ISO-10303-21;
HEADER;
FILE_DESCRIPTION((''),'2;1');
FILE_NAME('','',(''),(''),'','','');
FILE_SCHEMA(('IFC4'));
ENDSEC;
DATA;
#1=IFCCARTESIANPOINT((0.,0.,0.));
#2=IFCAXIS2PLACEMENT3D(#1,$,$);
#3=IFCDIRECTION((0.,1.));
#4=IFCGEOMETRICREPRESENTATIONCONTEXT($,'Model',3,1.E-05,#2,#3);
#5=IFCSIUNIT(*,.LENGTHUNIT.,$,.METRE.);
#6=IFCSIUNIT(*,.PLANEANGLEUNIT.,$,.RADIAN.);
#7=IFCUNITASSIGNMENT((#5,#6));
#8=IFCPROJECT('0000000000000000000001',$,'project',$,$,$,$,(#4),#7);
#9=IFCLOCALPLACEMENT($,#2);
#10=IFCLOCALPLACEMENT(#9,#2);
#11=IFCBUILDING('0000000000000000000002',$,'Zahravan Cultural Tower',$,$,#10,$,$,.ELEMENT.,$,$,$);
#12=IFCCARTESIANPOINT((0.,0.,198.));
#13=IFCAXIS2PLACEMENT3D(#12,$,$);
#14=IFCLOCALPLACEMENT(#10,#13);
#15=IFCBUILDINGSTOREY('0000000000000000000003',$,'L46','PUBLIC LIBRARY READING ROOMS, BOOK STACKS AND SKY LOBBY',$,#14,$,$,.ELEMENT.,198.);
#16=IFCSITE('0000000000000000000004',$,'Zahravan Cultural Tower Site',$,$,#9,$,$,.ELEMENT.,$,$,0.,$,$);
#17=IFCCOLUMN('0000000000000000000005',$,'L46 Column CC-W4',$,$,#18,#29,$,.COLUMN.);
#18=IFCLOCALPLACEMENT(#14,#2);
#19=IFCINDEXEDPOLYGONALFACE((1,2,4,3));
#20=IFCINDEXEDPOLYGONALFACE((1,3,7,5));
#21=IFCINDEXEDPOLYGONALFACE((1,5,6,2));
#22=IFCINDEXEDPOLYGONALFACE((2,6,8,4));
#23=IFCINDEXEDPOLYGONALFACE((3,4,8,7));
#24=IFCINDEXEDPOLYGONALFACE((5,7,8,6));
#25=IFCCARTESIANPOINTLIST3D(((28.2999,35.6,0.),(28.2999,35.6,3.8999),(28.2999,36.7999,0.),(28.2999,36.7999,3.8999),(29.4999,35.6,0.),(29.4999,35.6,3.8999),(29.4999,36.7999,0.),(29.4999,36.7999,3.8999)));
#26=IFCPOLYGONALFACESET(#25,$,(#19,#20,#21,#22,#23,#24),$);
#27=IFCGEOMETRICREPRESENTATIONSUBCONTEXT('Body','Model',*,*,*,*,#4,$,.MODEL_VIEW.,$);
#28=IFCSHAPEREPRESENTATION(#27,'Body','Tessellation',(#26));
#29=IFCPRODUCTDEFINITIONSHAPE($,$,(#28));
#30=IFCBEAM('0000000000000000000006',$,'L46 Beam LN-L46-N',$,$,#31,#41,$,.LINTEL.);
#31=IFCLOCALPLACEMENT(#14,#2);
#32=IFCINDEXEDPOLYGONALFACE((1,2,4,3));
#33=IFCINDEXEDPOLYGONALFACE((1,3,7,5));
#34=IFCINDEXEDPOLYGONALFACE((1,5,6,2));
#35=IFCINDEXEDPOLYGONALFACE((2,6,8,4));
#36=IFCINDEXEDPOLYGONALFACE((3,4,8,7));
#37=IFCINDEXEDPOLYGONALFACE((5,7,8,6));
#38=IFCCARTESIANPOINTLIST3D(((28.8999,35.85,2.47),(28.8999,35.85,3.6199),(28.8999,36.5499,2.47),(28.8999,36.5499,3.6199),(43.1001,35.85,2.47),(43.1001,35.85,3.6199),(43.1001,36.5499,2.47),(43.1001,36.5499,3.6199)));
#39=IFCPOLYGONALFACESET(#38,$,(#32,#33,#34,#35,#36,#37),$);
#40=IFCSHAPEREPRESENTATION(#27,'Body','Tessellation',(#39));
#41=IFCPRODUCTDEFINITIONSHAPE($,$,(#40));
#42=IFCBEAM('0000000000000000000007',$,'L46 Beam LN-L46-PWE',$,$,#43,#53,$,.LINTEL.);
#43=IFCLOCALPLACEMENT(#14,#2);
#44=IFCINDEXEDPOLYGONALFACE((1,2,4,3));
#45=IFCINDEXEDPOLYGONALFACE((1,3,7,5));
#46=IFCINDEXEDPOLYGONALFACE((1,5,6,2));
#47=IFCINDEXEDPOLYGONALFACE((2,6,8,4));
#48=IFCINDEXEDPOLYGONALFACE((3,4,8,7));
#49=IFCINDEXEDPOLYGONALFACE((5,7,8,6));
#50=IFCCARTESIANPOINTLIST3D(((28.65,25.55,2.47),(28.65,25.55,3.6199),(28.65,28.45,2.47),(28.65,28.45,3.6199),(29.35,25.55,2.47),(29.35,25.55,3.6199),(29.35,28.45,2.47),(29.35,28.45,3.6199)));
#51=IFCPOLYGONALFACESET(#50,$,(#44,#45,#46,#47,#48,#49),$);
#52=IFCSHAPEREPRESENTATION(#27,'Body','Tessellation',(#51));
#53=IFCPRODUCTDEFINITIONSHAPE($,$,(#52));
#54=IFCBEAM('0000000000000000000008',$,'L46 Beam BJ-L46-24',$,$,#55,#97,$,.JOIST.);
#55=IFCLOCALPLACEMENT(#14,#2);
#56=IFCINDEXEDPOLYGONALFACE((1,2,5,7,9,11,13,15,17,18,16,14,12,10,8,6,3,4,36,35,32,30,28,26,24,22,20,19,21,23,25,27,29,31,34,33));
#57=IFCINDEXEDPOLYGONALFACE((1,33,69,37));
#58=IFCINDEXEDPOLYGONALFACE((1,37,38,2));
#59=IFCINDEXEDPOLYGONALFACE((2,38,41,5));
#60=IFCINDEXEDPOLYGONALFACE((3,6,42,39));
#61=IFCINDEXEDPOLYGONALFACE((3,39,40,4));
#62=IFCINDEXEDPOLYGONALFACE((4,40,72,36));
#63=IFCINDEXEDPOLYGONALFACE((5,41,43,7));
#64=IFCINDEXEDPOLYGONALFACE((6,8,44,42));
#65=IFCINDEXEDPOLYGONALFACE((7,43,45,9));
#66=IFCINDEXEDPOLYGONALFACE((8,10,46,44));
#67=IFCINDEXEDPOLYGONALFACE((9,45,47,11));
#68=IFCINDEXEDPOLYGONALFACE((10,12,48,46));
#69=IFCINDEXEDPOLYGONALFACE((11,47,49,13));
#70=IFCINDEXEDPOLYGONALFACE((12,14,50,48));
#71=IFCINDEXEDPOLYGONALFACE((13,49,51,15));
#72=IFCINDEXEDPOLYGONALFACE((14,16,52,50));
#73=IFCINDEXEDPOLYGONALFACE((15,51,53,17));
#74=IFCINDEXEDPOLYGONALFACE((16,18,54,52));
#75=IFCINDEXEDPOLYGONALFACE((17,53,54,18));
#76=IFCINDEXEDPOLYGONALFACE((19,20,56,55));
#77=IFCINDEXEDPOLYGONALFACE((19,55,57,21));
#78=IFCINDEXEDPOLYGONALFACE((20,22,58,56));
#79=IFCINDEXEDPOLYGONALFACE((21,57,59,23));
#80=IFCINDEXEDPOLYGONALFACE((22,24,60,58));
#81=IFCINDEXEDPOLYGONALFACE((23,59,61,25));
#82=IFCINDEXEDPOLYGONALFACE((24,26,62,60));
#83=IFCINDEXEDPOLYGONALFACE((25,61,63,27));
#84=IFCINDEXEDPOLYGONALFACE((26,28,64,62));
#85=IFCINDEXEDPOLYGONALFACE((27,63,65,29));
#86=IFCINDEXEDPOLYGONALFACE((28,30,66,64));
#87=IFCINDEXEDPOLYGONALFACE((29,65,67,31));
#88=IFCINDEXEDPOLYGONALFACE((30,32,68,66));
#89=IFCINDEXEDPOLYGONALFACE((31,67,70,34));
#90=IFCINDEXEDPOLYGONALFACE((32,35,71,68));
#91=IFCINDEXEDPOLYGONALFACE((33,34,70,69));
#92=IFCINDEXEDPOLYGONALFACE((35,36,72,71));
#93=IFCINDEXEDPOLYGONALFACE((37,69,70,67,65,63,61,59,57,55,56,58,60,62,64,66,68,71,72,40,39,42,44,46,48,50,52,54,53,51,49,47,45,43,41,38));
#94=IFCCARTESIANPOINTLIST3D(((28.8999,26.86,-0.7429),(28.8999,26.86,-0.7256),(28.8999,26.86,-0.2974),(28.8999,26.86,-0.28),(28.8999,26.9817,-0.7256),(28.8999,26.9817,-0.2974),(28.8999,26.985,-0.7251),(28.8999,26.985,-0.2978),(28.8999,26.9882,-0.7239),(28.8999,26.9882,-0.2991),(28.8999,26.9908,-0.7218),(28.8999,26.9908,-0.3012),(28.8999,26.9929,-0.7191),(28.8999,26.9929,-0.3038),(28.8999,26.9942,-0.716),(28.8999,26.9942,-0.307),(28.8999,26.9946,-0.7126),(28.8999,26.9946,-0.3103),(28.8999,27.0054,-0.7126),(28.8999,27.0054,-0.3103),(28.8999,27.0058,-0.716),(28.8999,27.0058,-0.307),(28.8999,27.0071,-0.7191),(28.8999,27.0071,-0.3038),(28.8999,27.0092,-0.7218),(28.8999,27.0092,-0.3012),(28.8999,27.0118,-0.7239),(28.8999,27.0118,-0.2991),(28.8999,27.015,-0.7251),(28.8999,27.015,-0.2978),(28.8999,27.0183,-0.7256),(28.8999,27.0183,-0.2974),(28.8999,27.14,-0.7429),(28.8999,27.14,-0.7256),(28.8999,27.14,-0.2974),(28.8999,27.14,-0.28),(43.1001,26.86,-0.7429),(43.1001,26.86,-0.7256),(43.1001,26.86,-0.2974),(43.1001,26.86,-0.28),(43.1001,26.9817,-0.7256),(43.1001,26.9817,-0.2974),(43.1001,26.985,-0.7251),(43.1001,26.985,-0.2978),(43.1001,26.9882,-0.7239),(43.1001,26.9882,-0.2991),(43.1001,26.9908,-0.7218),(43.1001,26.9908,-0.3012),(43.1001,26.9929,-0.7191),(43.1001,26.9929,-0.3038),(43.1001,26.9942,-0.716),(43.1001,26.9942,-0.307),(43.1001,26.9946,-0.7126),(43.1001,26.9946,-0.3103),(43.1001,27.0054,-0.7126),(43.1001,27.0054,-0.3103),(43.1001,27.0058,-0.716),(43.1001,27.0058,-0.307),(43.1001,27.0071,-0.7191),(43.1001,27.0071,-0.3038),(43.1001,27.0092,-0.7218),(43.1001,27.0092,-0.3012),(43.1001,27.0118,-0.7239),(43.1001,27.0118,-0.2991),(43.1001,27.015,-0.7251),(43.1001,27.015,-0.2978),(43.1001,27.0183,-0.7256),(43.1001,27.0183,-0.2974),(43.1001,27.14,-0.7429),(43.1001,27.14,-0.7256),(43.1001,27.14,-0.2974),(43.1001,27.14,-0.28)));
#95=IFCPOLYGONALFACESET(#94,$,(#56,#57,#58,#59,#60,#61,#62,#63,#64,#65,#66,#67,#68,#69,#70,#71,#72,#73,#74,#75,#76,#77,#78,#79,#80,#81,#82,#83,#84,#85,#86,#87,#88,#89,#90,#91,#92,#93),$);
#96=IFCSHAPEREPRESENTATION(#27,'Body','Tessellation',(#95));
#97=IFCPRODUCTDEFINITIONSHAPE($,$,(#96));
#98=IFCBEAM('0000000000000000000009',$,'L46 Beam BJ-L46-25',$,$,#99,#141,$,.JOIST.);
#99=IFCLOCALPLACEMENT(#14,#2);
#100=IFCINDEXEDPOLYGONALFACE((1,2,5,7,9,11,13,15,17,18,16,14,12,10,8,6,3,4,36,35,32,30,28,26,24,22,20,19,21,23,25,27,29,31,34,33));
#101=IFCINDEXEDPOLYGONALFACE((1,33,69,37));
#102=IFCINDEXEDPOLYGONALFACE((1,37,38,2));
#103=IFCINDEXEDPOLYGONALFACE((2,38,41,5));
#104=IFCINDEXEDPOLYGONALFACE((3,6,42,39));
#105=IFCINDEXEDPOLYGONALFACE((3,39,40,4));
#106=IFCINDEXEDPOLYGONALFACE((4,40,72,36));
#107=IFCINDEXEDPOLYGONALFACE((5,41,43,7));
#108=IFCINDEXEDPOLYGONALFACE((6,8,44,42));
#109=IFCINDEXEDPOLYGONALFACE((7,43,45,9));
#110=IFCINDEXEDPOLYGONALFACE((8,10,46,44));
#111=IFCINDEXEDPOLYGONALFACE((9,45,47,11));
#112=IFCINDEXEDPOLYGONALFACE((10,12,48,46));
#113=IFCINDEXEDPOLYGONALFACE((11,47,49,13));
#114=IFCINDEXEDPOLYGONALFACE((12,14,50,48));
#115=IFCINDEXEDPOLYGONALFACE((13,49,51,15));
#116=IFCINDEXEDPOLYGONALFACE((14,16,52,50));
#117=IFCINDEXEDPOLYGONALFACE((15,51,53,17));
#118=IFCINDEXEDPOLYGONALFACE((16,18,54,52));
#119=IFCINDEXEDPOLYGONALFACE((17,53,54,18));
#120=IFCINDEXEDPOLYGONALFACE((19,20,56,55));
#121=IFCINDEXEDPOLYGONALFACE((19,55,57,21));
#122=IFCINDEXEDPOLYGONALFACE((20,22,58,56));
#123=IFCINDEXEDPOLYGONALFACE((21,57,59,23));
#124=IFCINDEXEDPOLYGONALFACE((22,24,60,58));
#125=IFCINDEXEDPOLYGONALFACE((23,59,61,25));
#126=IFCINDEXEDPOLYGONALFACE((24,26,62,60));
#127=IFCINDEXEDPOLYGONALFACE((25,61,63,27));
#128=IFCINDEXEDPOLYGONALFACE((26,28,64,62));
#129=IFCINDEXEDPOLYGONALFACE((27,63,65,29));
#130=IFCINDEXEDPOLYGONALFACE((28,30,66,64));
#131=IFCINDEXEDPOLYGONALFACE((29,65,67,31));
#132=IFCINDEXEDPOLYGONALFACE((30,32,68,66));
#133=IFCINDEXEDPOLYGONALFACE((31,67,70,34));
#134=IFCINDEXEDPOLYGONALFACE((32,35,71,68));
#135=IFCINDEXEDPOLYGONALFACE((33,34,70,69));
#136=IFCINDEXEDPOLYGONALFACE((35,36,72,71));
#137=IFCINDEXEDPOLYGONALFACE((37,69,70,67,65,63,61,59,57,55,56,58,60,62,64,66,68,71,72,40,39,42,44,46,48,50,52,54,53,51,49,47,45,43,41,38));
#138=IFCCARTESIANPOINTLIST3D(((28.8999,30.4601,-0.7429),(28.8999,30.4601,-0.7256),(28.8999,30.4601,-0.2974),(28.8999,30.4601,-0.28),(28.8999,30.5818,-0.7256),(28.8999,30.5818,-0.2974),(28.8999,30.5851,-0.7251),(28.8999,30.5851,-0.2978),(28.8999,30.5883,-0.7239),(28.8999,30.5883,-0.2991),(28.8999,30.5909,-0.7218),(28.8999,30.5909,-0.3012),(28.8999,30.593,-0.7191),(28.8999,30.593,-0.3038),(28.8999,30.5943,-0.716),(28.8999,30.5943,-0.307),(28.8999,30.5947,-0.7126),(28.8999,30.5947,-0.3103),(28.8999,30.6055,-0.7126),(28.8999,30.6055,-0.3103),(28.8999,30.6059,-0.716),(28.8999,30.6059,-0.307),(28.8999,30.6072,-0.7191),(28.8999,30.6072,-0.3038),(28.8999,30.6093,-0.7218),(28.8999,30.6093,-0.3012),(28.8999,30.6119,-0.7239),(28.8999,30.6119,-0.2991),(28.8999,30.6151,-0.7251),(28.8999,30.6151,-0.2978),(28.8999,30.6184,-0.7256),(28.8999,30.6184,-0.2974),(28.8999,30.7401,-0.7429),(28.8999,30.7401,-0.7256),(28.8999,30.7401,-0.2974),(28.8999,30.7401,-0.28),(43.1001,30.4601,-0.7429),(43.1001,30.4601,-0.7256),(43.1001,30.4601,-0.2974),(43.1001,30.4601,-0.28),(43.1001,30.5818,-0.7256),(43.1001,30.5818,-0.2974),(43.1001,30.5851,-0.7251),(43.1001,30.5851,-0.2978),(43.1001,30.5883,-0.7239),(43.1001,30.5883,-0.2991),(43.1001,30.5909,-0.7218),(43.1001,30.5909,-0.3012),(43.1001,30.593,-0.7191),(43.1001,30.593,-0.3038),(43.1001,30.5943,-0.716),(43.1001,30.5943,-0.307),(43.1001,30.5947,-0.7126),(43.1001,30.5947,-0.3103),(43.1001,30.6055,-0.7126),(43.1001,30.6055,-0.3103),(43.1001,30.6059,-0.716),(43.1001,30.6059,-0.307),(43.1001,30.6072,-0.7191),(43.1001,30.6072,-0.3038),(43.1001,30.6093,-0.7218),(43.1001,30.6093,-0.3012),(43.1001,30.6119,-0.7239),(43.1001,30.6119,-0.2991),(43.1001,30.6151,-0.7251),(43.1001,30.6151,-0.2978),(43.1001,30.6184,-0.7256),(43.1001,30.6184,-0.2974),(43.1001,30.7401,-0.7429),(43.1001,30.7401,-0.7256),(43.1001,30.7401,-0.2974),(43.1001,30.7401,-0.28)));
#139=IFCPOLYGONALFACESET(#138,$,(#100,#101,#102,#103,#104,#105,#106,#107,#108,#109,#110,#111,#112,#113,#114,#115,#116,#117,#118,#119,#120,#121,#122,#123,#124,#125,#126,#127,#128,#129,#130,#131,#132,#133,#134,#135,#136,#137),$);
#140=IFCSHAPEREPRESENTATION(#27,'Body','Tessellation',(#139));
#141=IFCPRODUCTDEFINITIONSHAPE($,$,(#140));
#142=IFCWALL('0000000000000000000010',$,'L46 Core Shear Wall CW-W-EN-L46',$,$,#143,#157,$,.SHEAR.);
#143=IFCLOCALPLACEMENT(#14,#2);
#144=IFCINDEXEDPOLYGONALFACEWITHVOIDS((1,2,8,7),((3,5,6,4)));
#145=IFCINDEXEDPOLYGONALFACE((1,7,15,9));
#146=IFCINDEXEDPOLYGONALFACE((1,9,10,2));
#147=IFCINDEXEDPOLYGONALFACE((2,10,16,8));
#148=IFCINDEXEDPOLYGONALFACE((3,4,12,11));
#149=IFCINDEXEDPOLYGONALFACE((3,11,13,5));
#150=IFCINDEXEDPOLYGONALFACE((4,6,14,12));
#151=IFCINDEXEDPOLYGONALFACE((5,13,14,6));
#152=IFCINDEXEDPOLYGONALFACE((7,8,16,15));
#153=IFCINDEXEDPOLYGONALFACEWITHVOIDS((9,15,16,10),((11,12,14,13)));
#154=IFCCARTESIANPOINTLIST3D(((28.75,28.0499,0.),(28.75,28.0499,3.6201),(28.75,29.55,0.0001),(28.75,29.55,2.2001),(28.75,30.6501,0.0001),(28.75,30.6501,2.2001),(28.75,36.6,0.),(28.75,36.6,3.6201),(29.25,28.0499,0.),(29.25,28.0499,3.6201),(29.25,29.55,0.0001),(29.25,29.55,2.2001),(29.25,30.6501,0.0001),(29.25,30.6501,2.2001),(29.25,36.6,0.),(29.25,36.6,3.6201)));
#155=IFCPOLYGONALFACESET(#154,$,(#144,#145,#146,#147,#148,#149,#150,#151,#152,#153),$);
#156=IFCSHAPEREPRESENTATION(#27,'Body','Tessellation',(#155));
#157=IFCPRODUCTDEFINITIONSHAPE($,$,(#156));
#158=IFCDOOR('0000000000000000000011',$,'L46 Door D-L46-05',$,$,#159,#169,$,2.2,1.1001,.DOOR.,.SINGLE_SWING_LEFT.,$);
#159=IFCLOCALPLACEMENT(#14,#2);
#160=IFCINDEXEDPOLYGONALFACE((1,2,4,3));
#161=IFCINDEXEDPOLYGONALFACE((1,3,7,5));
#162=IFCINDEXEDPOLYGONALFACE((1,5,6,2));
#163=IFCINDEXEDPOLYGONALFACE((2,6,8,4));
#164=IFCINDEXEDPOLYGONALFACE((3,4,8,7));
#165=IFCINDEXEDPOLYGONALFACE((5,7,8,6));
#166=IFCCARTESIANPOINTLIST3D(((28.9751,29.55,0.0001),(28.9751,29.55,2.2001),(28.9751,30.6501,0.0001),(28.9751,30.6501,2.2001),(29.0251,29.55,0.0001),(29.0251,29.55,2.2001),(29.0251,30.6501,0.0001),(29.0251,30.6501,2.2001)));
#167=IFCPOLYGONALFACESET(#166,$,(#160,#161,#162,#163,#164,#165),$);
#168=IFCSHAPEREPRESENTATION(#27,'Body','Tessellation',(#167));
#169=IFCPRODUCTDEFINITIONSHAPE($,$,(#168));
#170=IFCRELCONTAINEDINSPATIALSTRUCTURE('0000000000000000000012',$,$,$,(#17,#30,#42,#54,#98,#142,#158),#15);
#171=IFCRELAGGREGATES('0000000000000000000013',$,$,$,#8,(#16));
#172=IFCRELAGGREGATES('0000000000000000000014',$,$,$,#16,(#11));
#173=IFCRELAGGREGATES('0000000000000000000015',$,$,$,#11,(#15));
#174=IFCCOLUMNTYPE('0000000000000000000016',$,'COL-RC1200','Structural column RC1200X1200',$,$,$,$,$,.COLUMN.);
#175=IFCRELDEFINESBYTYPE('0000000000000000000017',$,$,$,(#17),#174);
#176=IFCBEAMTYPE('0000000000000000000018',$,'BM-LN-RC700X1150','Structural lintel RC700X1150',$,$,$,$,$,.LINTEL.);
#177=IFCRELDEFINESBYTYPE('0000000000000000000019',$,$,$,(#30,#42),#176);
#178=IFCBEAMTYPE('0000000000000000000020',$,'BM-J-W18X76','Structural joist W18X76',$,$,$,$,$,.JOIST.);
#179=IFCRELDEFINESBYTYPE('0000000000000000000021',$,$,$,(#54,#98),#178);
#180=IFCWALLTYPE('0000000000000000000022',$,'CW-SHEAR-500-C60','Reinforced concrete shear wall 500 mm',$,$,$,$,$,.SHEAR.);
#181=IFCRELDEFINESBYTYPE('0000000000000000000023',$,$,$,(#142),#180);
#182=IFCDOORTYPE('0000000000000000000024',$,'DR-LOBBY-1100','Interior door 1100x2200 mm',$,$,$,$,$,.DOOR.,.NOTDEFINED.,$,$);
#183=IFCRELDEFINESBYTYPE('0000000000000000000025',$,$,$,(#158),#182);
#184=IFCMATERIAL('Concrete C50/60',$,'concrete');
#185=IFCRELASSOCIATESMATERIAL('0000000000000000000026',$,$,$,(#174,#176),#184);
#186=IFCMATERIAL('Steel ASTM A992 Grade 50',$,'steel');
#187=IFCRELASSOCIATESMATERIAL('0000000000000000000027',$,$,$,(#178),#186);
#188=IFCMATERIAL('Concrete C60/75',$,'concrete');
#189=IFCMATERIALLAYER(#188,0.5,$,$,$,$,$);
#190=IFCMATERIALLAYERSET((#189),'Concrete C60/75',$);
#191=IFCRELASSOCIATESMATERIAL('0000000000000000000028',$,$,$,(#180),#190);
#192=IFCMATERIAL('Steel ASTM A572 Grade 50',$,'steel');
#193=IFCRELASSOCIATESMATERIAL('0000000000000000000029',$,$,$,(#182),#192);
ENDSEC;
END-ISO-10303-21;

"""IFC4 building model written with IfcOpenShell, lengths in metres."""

from ifc_helpers import new_model, si_unit, direction, frame, frame_2d, origin, origin_2d, place, context, subcontext, project, spatial, rectangle, i_section, extrude, source, transform, mapped, material, layer, layer_set, material_profile, profile_set, type_object, element, fill, save


model = new_model("IFC4")

# Units and contexts
model_context = context("Model", 3, precision=1e-05, world=origin(), true_north=direction((0.0, 1.0)))
body_context = subcontext(model_context, "Body", "Model", "MODEL_VIEW")
ifc_project = project(units=[si_unit("LENGTHUNIT", "METRE"), si_unit("PLANEANGLEUNIT", "RADIAN")], contexts=[model_context])

# Site, building, storey
site_placement = place(None, origin())
site = spatial("IfcSite", under=ifc_project, at=site_placement, Name="Zahravan Cultural Tower Site", CompositionType="ELEMENT", RefElevation=0.0)
building_placement = place(site_placement, origin())
building = spatial("IfcBuilding", under=site, at=building_placement, Name="Zahravan Cultural Tower", CompositionType="ELEMENT")
storey_placement = place(building_placement, frame((0.0, 0.0, 198.0)))
storey = spatial("IfcBuildingStorey", under=building, at=storey_placement, Name="L46", Description="PUBLIC LIBRARY READING ROOMS, BOOK STACKS AND SKY LOBBY", CompositionType="ELEMENT", Elevation=198.0)

# Column
ifc_material_1 = material(Name="Concrete C50/60", Category="concrete")
ifc_material_profile_1 = material_profile(ifc_material_1, rectangle(XDim=1.2, YDim=1.2, at=origin_2d()), Name="RC1200X1200")
ifc_profile_set_1 = profile_set([ifc_material_profile_1], Name="Concrete C50/60")
column_type = type_object("IfcColumnType", Name="COL-RC1200", Description="Structural column RC1200X1200", PredefinedType="COLUMN", material=ifc_profile_set_1)
shared_shape_1 = source(origin(), body_context, "Body", "SweptSolid", [
    extrude(rectangle(XDim=1.2, YDim=1.2, at=origin_2d()), origin(), (0.0, 0.0, 1.0), 3.8999),
])
column_placement = place(storey_placement, frame((28.8999, 36.2, 0.0), z_axis=(0.0, 0.0, 1.0), x_axis=(1.0, 0.0, 0.0)))
element("IfcColumn", 1, at=column_placement, inside=storey, type_object=column_type, Name="L46 Column CC-W4", PredefinedType="COLUMN", context=body_context, shape_type="MappedRepresentation", body=[
    mapped(shared_shape_1, transform((0.0, 0.0, 0.0), x_axis=(1.0, 0.0, 0.0), y_axis=(0.0, 1.0, 0.0), z_axis=(0.0, 0.0, 1.0), scale=1.0)),
])

# Beams
ifc_material_profile_2 = material_profile(ifc_material_1, rectangle(XDim=0.7, YDim=1.1499, at=origin_2d()), Name="RC700X1150")
ifc_profile_set_2 = profile_set([ifc_material_profile_2], Name="Concrete C50/60")
beam_type_1 = type_object("IfcBeamType", Name="BM-LN-RC700X1150", Description="Structural lintel RC700X1150", PredefinedType="LINTEL", material=ifc_profile_set_2)
shared_shape_2 = source(origin(), body_context, "Body", "SweptSolid", [
    extrude(rectangle(XDim=0.7, YDim=1.1499, at=origin_2d()), origin(), (0.0, 0.0, 1.0), 14.2002),
])
beam_1_placement = place(storey_placement, frame((28.8999, 36.2, 3.0449), z_axis=(1.0, 0.0, 0.0), x_axis=(0.0, 1.0, 0.0)))
element("IfcBeam", 2, at=beam_1_placement, inside=storey, type_object=beam_type_1, Name="L46 Beam LN-L46-N", PredefinedType="LINTEL", context=body_context, shape_type="MappedRepresentation", body=[
    mapped(shared_shape_2, transform((0.0, 0.0, 0.0), x_axis=(1.0, 0.0, 0.0), y_axis=(0.0, 1.0, 0.0), z_axis=(0.0, 0.0, 1.0), scale=1.0)),
])
shared_shape_3 = source(origin(), body_context, "Body", "SweptSolid", [
    extrude(rectangle(XDim=0.7, YDim=1.1499, at=origin_2d()), origin(), (0.0, 0.0, 1.0), 2.8999),
])
beam_2_placement = place(storey_placement, frame((29.0, 25.55, 3.0449), z_axis=(0.0, 1.0, 0.0), x_axis=(-1.0, 0.0, 0.0)))
element("IfcBeam", 3, at=beam_2_placement, inside=storey, type_object=beam_type_1, Name="L46 Beam LN-L46-PWE", PredefinedType="LINTEL", context=body_context, shape_type="MappedRepresentation", body=[
    mapped(shared_shape_3, transform((0.0, 0.0, 0.0), x_axis=(1.0, 0.0, 0.0), y_axis=(0.0, 1.0, 0.0), z_axis=(0.0, 0.0, 1.0), scale=1.0)),
])
ifc_material_2 = material(Name="Steel ASTM A992 Grade 50", Category="steel")
ifc_material_profile_3 = material_profile(ifc_material_2, i_section(OverallWidth=0.28, OverallDepth=0.4629, WebThickness=0.0107, FlangeThickness=0.0173, FilletRadius=0.0129, at=origin_2d()), Name="W18X76")
ifc_profile_set_3 = profile_set([ifc_material_profile_3], Name="Steel ASTM A992 Grade 50")
beam_type_2 = type_object("IfcBeamType", Name="BM-J-W18X76", Description="Structural joist W18X76", PredefinedType="JOIST", material=ifc_profile_set_3)
shared_shape_4 = source(origin(), body_context, "Body", "SweptSolid", [
    extrude(i_section(OverallWidth=0.28, OverallDepth=0.4629, WebThickness=0.0107, FlangeThickness=0.0173, FilletRadius=0.0129, at=origin_2d()), origin(), (0.0, 0.0, 1.0), 14.2002),
])
for number, where, z_axis, x_axis, name in (
    (4, (28.8999, 27.0, -0.5115), (1.0, 0.0, 0.0), (0.0, 1.0, 0.0), "L46 Beam BJ-L46-24"),
    (5, (28.8999, 30.6001, -0.5115), (1.0, 0.0, 0.0), (0.0, 1.0, 0.0), "L46 Beam BJ-L46-25"),
):
    element("IfcBeam", number, at=place(storey_placement, frame(where, z_axis=z_axis, x_axis=x_axis)), inside=storey, type_object=beam_type_2, Name=name, PredefinedType="JOIST", context=body_context, shape_type="MappedRepresentation", body=[
        mapped(shared_shape_4, transform((0.0, 0.0, 0.0), x_axis=(1.0, 0.0, 0.0), y_axis=(0.0, 1.0, 0.0), z_axis=(0.0, 0.0, 1.0), scale=1.0)),
    ])

# Wall, opening, door
ifc_material_3 = material(Name="Concrete C60/75", Category="concrete")
ifc_layer_1 = layer(ifc_material_3, 0.5)
ifc_layer_set_1 = layer_set([ifc_layer_1], Name="Concrete C60/75")
wall_type_1 = type_object("IfcWallType", Name="CW-SHEAR-500-C60", Description="Reinforced concrete shear wall 500 mm", PredefinedType="SHEAR", material=ifc_layer_set_1)
wall_1_placement = place(storey_placement, frame((29.0, 28.05, 0.0), z_axis=(0.0, 0.0, 1.0), x_axis=(0.0, 1.0, 0.0)))
wall_1 = element("IfcWall", 6, at=wall_1_placement, inside=storey, type_object=wall_type_1, Name="L46 Core Shear Wall CW-W-EN-L46", PredefinedType="SHEAR", context=body_context, shape_type="SweptSolid", body=[
    extrude(rectangle(XDim=8.55, YDim=0.5, at=frame_2d((4.2749, 0.0))), origin(), (0.0, 0.0, 1.0), 3.6201),
])
opening_1_placement = place(wall_1_placement, frame((1.5, 0.0, 0.0)))
opening_1 = element("IfcOpeningElement", 7, at=opening_1_placement, cuts=wall_1, PredefinedType="OPENING", context=body_context, shape_type="SweptSolid", body=[
    extrude(rectangle(XDim=1.1001, YDim=2.2, at=frame_2d((0.55, 1.1001))), frame((0.0, 0.26, 0.0), z_axis=(0.0, -1.0, 0.0), x_axis=(1.0, 0.0, 0.0)), (0.0, 0.0, 1.0), 0.52),
])
ifc_material_4 = material(Name="Steel ASTM A572 Grade 50", Category="steel")
door_type_1 = type_object("IfcDoorType", Name="DR-LOBBY-1100", Description="Interior door 1100x2200 mm", OperationType="NOTDEFINED", PredefinedType="DOOR", material=ifc_material_4)
shared_shape_5 = source(origin(), body_context, "Body", "SweptSolid", [
    extrude(rectangle(XDim=1.1001, YDim=2.2, at=frame_2d((0.55, 1.1001))), frame((0.0, 0.0249, 0.0), z_axis=(0.0, -1.0, 0.0), x_axis=(1.0, 0.0, 0.0)), (0.0, 0.0, 1.0), 0.05),
])
door_1_placement = place(opening_1_placement, origin())
door_1 = element("IfcDoor", 8, at=door_1_placement, inside=storey, type_object=door_type_1, Name="L46 Door D-L46-05", OperationType="SINGLE_SWING_LEFT", OverallHeight=2.2, OverallWidth=1.1001, PredefinedType="DOOR", context=body_context, shape_type="MappedRepresentation", body=[
    mapped(shared_shape_5, transform((0.0, 0.0, 0.0), x_axis=(1.0, 0.0, 0.0), y_axis=(0.0, 1.0, 0.0), z_axis=(0.0, 0.0, 1.0), scale=1.0)),
])
fill(opening_1, door_1)

save(model, "model.ifc")
